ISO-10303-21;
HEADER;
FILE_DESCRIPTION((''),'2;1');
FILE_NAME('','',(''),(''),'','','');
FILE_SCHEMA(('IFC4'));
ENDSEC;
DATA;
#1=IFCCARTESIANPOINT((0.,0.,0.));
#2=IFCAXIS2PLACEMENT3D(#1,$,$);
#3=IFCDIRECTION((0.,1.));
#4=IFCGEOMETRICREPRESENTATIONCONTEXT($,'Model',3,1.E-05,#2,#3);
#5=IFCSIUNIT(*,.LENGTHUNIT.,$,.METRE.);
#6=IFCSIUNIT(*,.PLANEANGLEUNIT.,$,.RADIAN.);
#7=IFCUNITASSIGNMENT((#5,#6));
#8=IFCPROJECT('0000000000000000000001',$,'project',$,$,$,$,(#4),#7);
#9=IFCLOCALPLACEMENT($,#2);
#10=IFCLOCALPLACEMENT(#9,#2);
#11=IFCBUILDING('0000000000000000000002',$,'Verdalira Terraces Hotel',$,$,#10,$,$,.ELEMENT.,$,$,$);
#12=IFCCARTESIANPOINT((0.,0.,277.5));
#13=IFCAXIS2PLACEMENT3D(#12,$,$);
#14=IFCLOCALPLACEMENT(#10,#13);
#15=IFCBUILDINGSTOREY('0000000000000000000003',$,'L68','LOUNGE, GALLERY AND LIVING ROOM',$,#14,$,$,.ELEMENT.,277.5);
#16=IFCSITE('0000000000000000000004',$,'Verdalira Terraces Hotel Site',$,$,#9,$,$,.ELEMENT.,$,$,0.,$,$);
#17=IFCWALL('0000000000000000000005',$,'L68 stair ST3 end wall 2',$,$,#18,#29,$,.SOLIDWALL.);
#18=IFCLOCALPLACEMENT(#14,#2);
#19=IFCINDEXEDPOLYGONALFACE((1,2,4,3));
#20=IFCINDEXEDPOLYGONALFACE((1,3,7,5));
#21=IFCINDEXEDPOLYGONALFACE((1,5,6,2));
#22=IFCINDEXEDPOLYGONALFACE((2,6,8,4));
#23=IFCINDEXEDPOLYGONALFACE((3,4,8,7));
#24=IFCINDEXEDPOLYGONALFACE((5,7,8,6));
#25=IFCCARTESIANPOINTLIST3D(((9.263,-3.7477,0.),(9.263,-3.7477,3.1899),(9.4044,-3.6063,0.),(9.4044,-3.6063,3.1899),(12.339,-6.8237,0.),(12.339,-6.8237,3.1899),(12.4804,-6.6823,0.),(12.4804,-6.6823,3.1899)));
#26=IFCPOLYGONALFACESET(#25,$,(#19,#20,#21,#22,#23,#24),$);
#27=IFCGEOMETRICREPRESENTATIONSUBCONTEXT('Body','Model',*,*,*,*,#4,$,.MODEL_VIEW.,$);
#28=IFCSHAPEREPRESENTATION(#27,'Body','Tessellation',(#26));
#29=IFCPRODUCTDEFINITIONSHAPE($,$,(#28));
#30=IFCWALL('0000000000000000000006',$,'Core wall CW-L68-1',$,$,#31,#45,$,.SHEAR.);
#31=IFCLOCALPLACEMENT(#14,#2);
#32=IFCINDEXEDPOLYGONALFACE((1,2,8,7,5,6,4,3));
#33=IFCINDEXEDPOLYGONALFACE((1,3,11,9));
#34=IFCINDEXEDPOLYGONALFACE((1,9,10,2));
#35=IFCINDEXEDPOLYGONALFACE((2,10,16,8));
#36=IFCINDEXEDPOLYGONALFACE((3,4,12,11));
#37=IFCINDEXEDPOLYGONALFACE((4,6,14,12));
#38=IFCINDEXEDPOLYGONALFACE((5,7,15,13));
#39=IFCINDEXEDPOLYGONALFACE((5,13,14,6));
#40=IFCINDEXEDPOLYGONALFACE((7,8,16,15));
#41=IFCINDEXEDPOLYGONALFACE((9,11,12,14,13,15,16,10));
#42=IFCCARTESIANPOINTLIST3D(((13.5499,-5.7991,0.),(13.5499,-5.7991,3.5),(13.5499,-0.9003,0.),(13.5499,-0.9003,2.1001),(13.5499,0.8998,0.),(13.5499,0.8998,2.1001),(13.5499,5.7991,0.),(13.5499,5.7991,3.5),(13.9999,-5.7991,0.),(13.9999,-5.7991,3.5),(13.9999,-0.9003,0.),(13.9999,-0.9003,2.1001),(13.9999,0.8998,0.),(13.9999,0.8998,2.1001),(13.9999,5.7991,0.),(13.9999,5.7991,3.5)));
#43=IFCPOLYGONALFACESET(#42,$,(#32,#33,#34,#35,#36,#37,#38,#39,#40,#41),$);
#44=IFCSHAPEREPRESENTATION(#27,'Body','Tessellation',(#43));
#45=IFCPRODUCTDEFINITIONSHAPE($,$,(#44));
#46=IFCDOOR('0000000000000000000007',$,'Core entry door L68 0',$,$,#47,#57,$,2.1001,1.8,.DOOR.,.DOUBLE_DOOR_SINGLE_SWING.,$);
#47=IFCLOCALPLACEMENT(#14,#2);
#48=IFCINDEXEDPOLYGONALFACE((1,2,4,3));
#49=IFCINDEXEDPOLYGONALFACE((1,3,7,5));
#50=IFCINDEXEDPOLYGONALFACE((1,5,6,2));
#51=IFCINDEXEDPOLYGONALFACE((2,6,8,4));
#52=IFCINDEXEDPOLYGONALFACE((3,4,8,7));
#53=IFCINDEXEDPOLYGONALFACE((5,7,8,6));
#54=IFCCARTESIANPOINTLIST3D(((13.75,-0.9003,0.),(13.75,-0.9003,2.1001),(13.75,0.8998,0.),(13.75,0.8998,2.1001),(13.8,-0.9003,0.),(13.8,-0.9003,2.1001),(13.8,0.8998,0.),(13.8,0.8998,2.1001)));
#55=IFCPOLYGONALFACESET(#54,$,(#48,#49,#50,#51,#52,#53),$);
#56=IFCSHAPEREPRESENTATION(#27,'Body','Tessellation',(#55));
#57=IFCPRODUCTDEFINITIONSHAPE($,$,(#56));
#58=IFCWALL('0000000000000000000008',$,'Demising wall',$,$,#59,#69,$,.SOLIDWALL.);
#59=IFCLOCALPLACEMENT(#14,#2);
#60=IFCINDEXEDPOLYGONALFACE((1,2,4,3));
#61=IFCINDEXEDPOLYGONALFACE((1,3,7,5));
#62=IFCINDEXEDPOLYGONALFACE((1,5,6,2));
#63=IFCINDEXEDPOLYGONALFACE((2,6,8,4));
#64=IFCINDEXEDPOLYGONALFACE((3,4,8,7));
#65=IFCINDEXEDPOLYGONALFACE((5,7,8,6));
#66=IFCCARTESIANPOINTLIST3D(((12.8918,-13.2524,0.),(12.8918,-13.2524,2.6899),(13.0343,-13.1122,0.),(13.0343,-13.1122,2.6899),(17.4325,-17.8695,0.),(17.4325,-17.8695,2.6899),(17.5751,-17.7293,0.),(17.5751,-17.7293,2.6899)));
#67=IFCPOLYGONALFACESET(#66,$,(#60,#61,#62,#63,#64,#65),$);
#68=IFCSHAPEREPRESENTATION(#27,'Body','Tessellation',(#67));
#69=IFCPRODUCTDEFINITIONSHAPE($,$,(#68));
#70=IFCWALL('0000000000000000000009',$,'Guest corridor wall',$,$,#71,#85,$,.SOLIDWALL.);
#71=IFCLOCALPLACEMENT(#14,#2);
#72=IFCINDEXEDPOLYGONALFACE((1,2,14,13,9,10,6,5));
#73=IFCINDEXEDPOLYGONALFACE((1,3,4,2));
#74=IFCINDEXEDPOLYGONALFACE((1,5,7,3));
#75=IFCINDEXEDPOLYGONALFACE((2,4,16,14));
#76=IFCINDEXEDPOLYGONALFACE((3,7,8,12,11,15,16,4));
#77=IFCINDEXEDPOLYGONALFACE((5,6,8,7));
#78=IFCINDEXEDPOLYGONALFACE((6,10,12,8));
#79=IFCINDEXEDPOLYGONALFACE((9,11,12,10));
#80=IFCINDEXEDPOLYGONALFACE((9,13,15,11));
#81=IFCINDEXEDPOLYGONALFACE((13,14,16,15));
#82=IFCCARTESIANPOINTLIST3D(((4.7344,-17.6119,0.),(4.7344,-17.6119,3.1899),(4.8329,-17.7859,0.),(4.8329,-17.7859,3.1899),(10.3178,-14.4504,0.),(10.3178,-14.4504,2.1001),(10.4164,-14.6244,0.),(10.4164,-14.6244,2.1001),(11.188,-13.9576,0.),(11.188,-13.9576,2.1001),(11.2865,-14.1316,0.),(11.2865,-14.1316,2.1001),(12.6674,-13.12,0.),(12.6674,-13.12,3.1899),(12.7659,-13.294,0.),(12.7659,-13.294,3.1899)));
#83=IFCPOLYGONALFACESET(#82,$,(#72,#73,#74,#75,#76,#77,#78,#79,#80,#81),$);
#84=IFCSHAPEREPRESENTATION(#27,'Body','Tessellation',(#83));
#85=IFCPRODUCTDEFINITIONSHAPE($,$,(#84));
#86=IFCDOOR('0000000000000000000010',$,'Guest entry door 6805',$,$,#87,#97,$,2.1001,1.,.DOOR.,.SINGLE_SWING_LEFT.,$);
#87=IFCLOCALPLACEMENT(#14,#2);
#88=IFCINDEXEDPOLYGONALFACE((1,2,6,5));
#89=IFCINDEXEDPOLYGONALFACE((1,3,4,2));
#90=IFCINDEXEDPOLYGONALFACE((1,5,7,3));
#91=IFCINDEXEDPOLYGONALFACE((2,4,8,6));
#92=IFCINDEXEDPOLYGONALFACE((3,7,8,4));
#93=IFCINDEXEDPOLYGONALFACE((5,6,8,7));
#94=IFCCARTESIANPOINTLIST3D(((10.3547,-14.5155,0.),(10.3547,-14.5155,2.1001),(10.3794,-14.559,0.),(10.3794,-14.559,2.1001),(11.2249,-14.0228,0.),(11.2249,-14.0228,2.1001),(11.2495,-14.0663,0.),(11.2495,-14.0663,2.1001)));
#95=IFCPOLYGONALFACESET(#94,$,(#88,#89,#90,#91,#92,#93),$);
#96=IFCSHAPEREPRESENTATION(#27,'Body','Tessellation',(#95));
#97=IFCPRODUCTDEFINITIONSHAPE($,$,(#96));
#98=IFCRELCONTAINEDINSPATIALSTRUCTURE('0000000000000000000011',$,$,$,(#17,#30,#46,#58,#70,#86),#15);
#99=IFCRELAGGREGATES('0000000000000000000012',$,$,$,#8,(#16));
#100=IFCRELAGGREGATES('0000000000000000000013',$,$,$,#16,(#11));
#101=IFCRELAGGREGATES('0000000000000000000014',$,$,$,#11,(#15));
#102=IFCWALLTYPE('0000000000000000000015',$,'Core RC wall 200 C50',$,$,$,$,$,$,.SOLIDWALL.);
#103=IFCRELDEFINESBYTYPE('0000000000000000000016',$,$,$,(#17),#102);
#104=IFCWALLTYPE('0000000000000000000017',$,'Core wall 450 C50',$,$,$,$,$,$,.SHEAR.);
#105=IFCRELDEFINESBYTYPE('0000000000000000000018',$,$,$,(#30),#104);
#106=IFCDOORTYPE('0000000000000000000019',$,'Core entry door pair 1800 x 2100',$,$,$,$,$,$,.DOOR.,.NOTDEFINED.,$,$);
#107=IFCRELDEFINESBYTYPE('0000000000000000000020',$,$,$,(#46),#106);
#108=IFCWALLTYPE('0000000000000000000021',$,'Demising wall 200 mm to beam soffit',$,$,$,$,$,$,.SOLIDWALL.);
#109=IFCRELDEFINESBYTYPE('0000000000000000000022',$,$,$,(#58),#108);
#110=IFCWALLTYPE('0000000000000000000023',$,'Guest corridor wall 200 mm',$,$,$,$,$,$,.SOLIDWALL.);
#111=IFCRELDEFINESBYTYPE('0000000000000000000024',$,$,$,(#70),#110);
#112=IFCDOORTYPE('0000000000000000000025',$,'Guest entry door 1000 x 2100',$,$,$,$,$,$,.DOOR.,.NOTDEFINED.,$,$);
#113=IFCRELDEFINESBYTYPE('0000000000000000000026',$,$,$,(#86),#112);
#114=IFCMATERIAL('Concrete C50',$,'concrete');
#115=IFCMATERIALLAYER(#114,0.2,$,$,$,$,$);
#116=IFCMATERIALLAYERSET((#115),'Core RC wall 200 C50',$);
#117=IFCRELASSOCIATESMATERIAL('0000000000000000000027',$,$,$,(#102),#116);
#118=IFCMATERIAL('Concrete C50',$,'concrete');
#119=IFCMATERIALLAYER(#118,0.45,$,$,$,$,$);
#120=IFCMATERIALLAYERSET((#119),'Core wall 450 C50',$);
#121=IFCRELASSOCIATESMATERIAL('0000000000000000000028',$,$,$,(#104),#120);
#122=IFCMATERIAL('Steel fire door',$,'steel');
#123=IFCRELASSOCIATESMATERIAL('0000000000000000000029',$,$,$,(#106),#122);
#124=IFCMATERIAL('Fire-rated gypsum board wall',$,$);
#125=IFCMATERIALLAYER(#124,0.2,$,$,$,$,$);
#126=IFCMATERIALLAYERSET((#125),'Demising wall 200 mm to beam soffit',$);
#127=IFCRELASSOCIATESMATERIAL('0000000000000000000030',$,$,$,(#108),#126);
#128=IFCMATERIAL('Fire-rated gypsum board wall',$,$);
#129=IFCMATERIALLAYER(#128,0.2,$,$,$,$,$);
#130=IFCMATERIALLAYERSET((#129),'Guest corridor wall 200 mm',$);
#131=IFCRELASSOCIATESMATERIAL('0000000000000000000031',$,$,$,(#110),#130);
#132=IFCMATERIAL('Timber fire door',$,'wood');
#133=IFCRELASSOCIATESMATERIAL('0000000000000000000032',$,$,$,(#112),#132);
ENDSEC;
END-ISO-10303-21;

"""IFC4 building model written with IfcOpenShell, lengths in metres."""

from ifc_helpers import new_model, si_unit, direction, frame, frame_2d, origin, place, context, subcontext, project, spatial, rectangle, extrude, material, layer, layer_set, type_object, element, fill, save


model = new_model("IFC4")

# Units and contexts
model_context = context("Model", 3, precision=1e-05, world=origin(), true_north=direction((0.0, 1.0)))
body_context = subcontext(model_context, "Body", "Model", "MODEL_VIEW")
ifc_project = project(units=[si_unit("LENGTHUNIT", "METRE"), si_unit("PLANEANGLEUNIT", "RADIAN")], contexts=[model_context])

# Site, building, storey
site_placement = place(None, origin())
site = spatial("IfcSite", under=ifc_project, at=site_placement, Name="Verdalira Terraces Hotel Site", CompositionType="ELEMENT", RefElevation=0.0)
building_placement = place(site_placement, origin())
building = spatial("IfcBuilding", under=site, at=building_placement, Name="Verdalira Terraces Hotel", CompositionType="ELEMENT")
storey_placement = place(building_placement, frame((0.0, 0.0, 277.5)))
storey = spatial("IfcBuildingStorey", under=building, at=storey_placement, Name="L68", Description="LOUNGE, GALLERY AND LIVING ROOM", CompositionType="ELEMENT", Elevation=277.5)

# Shared definitions
ifc_material_1 = material(Name="Concrete C50", Category="concrete")
ifc_layer_1 = layer(ifc_material_1, 0.2)
ifc_layer_set_1 = layer_set([ifc_layer_1], Name="Core RC wall 200 C50")
wall_type_1 = type_object("IfcWallType", Name="Core RC wall 200 C50", PredefinedType="SOLIDWALL", material=ifc_layer_set_1)

# Wall
for number, where, z_axis, x_axis, name in (
    (1, (9.3337, -3.677, 0.0), (0.0, 0.0, 1.0), (0.707107, -0.707107, 0.0), "L68 stair ST3 end wall 2"),
):
    element("IfcWall", number, at=place(storey_placement, frame(where, z_axis=z_axis, x_axis=x_axis)), inside=storey, type_object=wall_type_1, Name=name, PredefinedType="SOLIDWALL", context=body_context, shape_type="SweptSolid", body=[
        extrude(rectangle(XDim=4.3501, YDim=0.2, at=frame_2d((2.175, 0.0))), origin(), (0.0, 0.0, 1.0), 3.1899),
    ])

# Wall, opening, door
ifc_material_2 = material(Name="Concrete C50", Category="concrete")
ifc_layer_2 = layer(ifc_material_2, 0.45)
ifc_layer_set_2 = layer_set([ifc_layer_2], Name="Core wall 450 C50")
wall_type_2 = type_object("IfcWallType", Name="Core wall 450 C50", PredefinedType="SHEAR", material=ifc_layer_set_2)
wall_1_placement = place(storey_placement, frame((13.7749, -5.7991, 0.0), z_axis=(0.0, 0.0, 1.0), x_axis=(0.0, 1.0, 0.0)))
wall_1 = element("IfcWall", 2, at=wall_1_placement, inside=storey, type_object=wall_type_2, Name="Core wall CW-L68-1", PredefinedType="SHEAR", context=body_context, shape_type="SweptSolid", body=[
    extrude(rectangle(XDim=11.5981, YDim=0.45, at=frame_2d((5.7991, 0.0))), origin(), (0.0, 0.0, 1.0), 3.5),
])
opening_1_placement = place(wall_1_placement, frame((4.8989, 0.0, 0.0)))
opening_1 = element("IfcOpeningElement", 3, at=opening_1_placement, cuts=wall_1, PredefinedType="OPENING", context=body_context, shape_type="SweptSolid", body=[
    extrude(rectangle(XDim=1.8, YDim=2.1001, at=frame_2d((0.8999, 1.05))), frame((0.0, 0.2349, 0.0), z_axis=(0.0, -1.0, 0.0), x_axis=(1.0, 0.0, 0.0)), (0.0, 0.0, 1.0), 0.47),
])
ifc_material_3 = material(Name="Steel fire door", Category="steel")
door_type_1 = type_object("IfcDoorType", Name="Core entry door pair 1800 x 2100", OperationType="NOTDEFINED", PredefinedType="DOOR", material=ifc_material_3)
door_1_placement = place(opening_1_placement, origin())
door_1 = element("IfcDoor", 4, at=door_1_placement, inside=storey, type_object=door_type_1, Name="Core entry door L68 0", OperationType="DOUBLE_DOOR_SINGLE_SWING", OverallHeight=2.1001, OverallWidth=1.8, PredefinedType="DOOR", context=body_context, shape_type="SweptSolid", body=[
    extrude(rectangle(XDim=1.8, YDim=2.1001, at=frame_2d((0.8999, 1.05))), frame((0.0, 0.0249, 0.0), z_axis=(0.0, -1.0, 0.0), x_axis=(1.0, 0.0, 0.0)), (0.0, 0.0, 1.0), 0.05),
])
fill(opening_1, door_1)

# Wall
ifc_material_4 = material(Name="Fire-rated gypsum board wall")
ifc_layer_3 = layer(ifc_material_4, 0.2)
ifc_layer_set_3 = layer_set([ifc_layer_3], Name="Demising wall 200 mm to beam soffit")
wall_type_3 = type_object("IfcWallType", Name="Demising wall 200 mm to beam soffit", PredefinedType="SOLIDWALL", material=ifc_layer_set_3)
wall_2_placement = place(storey_placement, frame((12.9631, -13.1824, 0.0), z_axis=(0.0, 0.0, 1.0), x_axis=(0.701182, -0.712982, 0.0)))
element("IfcWall", 5, at=wall_2_placement, inside=storey, type_object=wall_type_3, Name="Demising wall", PredefinedType="SOLIDWALL", context=body_context, shape_type="SweptSolid", body=[
    extrude(rectangle(XDim=6.4758, YDim=0.2, at=frame_2d((3.2378, 0.0))), origin(), (0.0, 0.0, 1.0), 2.6899),
])

# Wall, opening, door
ifc_material_5 = material(Name="Fire-rated gypsum board wall")
ifc_layer_4 = layer(ifc_material_5, 0.2)
ifc_layer_set_4 = layer_set([ifc_layer_4], Name="Guest corridor wall 200 mm")
wall_type_4 = type_object("IfcWallType", Name="Guest corridor wall 200 mm", PredefinedType="SOLIDWALL", material=ifc_layer_set_4)
wall_3_placement = place(storey_placement, frame((12.7166, -13.207, 0.0), z_axis=(0.0, 0.0, 1.0), x_axis=(-0.870186, -0.492723, 0.0)))
wall_3 = element("IfcWall", 6, at=wall_3_placement, inside=storey, type_object=wall_type_4, Name="Guest corridor wall", PredefinedType="SOLIDWALL", context=body_context, shape_type="SweptSolid", body=[
    extrude(rectangle(XDim=9.1165, YDim=0.2, at=frame_2d((4.5581, 0.0))), origin(), (0.0, 0.0, 1.0), 3.1899),
])
opening_2_placement = place(wall_3_placement, frame((1.7, 0.0, 0.0)))
opening_2 = element("IfcOpeningElement", 7, at=opening_2_placement, cuts=wall_3, PredefinedType="OPENING", context=body_context, shape_type="SweptSolid", body=[
    extrude(rectangle(XDim=1.0, YDim=2.1001, at=frame_2d((0.5, 1.05))), frame((0.0, 0.1099, 0.0), z_axis=(0.0, -1.0, 0.0), x_axis=(1.0, 0.0, 0.0)), (0.0, 0.0, 1.0), 0.22),
])
ifc_material_6 = material(Name="Timber fire door", Category="wood")
door_type_2 = type_object("IfcDoorType", Name="Guest entry door 1000 x 2100", OperationType="NOTDEFINED", PredefinedType="DOOR", material=ifc_material_6)
door_2_placement = place(opening_2_placement, origin())
door_2 = element("IfcDoor", 8, at=door_2_placement, inside=storey, type_object=door_type_2, Name="Guest entry door 6805", OperationType="SINGLE_SWING_LEFT", OverallHeight=2.1001, OverallWidth=1.0, PredefinedType="DOOR", context=body_context, shape_type="SweptSolid", body=[
    extrude(rectangle(XDim=1.0, YDim=2.1001, at=frame_2d((0.5, 1.05))), frame((0.0, 0.0249, 0.0), z_axis=(0.0, -1.0, 0.0), x_axis=(1.0, 0.0, 0.0)), (0.0, 0.0, 1.0), 0.05),
])
fill(opening_2, door_2)

save(model, "model.ifc")
